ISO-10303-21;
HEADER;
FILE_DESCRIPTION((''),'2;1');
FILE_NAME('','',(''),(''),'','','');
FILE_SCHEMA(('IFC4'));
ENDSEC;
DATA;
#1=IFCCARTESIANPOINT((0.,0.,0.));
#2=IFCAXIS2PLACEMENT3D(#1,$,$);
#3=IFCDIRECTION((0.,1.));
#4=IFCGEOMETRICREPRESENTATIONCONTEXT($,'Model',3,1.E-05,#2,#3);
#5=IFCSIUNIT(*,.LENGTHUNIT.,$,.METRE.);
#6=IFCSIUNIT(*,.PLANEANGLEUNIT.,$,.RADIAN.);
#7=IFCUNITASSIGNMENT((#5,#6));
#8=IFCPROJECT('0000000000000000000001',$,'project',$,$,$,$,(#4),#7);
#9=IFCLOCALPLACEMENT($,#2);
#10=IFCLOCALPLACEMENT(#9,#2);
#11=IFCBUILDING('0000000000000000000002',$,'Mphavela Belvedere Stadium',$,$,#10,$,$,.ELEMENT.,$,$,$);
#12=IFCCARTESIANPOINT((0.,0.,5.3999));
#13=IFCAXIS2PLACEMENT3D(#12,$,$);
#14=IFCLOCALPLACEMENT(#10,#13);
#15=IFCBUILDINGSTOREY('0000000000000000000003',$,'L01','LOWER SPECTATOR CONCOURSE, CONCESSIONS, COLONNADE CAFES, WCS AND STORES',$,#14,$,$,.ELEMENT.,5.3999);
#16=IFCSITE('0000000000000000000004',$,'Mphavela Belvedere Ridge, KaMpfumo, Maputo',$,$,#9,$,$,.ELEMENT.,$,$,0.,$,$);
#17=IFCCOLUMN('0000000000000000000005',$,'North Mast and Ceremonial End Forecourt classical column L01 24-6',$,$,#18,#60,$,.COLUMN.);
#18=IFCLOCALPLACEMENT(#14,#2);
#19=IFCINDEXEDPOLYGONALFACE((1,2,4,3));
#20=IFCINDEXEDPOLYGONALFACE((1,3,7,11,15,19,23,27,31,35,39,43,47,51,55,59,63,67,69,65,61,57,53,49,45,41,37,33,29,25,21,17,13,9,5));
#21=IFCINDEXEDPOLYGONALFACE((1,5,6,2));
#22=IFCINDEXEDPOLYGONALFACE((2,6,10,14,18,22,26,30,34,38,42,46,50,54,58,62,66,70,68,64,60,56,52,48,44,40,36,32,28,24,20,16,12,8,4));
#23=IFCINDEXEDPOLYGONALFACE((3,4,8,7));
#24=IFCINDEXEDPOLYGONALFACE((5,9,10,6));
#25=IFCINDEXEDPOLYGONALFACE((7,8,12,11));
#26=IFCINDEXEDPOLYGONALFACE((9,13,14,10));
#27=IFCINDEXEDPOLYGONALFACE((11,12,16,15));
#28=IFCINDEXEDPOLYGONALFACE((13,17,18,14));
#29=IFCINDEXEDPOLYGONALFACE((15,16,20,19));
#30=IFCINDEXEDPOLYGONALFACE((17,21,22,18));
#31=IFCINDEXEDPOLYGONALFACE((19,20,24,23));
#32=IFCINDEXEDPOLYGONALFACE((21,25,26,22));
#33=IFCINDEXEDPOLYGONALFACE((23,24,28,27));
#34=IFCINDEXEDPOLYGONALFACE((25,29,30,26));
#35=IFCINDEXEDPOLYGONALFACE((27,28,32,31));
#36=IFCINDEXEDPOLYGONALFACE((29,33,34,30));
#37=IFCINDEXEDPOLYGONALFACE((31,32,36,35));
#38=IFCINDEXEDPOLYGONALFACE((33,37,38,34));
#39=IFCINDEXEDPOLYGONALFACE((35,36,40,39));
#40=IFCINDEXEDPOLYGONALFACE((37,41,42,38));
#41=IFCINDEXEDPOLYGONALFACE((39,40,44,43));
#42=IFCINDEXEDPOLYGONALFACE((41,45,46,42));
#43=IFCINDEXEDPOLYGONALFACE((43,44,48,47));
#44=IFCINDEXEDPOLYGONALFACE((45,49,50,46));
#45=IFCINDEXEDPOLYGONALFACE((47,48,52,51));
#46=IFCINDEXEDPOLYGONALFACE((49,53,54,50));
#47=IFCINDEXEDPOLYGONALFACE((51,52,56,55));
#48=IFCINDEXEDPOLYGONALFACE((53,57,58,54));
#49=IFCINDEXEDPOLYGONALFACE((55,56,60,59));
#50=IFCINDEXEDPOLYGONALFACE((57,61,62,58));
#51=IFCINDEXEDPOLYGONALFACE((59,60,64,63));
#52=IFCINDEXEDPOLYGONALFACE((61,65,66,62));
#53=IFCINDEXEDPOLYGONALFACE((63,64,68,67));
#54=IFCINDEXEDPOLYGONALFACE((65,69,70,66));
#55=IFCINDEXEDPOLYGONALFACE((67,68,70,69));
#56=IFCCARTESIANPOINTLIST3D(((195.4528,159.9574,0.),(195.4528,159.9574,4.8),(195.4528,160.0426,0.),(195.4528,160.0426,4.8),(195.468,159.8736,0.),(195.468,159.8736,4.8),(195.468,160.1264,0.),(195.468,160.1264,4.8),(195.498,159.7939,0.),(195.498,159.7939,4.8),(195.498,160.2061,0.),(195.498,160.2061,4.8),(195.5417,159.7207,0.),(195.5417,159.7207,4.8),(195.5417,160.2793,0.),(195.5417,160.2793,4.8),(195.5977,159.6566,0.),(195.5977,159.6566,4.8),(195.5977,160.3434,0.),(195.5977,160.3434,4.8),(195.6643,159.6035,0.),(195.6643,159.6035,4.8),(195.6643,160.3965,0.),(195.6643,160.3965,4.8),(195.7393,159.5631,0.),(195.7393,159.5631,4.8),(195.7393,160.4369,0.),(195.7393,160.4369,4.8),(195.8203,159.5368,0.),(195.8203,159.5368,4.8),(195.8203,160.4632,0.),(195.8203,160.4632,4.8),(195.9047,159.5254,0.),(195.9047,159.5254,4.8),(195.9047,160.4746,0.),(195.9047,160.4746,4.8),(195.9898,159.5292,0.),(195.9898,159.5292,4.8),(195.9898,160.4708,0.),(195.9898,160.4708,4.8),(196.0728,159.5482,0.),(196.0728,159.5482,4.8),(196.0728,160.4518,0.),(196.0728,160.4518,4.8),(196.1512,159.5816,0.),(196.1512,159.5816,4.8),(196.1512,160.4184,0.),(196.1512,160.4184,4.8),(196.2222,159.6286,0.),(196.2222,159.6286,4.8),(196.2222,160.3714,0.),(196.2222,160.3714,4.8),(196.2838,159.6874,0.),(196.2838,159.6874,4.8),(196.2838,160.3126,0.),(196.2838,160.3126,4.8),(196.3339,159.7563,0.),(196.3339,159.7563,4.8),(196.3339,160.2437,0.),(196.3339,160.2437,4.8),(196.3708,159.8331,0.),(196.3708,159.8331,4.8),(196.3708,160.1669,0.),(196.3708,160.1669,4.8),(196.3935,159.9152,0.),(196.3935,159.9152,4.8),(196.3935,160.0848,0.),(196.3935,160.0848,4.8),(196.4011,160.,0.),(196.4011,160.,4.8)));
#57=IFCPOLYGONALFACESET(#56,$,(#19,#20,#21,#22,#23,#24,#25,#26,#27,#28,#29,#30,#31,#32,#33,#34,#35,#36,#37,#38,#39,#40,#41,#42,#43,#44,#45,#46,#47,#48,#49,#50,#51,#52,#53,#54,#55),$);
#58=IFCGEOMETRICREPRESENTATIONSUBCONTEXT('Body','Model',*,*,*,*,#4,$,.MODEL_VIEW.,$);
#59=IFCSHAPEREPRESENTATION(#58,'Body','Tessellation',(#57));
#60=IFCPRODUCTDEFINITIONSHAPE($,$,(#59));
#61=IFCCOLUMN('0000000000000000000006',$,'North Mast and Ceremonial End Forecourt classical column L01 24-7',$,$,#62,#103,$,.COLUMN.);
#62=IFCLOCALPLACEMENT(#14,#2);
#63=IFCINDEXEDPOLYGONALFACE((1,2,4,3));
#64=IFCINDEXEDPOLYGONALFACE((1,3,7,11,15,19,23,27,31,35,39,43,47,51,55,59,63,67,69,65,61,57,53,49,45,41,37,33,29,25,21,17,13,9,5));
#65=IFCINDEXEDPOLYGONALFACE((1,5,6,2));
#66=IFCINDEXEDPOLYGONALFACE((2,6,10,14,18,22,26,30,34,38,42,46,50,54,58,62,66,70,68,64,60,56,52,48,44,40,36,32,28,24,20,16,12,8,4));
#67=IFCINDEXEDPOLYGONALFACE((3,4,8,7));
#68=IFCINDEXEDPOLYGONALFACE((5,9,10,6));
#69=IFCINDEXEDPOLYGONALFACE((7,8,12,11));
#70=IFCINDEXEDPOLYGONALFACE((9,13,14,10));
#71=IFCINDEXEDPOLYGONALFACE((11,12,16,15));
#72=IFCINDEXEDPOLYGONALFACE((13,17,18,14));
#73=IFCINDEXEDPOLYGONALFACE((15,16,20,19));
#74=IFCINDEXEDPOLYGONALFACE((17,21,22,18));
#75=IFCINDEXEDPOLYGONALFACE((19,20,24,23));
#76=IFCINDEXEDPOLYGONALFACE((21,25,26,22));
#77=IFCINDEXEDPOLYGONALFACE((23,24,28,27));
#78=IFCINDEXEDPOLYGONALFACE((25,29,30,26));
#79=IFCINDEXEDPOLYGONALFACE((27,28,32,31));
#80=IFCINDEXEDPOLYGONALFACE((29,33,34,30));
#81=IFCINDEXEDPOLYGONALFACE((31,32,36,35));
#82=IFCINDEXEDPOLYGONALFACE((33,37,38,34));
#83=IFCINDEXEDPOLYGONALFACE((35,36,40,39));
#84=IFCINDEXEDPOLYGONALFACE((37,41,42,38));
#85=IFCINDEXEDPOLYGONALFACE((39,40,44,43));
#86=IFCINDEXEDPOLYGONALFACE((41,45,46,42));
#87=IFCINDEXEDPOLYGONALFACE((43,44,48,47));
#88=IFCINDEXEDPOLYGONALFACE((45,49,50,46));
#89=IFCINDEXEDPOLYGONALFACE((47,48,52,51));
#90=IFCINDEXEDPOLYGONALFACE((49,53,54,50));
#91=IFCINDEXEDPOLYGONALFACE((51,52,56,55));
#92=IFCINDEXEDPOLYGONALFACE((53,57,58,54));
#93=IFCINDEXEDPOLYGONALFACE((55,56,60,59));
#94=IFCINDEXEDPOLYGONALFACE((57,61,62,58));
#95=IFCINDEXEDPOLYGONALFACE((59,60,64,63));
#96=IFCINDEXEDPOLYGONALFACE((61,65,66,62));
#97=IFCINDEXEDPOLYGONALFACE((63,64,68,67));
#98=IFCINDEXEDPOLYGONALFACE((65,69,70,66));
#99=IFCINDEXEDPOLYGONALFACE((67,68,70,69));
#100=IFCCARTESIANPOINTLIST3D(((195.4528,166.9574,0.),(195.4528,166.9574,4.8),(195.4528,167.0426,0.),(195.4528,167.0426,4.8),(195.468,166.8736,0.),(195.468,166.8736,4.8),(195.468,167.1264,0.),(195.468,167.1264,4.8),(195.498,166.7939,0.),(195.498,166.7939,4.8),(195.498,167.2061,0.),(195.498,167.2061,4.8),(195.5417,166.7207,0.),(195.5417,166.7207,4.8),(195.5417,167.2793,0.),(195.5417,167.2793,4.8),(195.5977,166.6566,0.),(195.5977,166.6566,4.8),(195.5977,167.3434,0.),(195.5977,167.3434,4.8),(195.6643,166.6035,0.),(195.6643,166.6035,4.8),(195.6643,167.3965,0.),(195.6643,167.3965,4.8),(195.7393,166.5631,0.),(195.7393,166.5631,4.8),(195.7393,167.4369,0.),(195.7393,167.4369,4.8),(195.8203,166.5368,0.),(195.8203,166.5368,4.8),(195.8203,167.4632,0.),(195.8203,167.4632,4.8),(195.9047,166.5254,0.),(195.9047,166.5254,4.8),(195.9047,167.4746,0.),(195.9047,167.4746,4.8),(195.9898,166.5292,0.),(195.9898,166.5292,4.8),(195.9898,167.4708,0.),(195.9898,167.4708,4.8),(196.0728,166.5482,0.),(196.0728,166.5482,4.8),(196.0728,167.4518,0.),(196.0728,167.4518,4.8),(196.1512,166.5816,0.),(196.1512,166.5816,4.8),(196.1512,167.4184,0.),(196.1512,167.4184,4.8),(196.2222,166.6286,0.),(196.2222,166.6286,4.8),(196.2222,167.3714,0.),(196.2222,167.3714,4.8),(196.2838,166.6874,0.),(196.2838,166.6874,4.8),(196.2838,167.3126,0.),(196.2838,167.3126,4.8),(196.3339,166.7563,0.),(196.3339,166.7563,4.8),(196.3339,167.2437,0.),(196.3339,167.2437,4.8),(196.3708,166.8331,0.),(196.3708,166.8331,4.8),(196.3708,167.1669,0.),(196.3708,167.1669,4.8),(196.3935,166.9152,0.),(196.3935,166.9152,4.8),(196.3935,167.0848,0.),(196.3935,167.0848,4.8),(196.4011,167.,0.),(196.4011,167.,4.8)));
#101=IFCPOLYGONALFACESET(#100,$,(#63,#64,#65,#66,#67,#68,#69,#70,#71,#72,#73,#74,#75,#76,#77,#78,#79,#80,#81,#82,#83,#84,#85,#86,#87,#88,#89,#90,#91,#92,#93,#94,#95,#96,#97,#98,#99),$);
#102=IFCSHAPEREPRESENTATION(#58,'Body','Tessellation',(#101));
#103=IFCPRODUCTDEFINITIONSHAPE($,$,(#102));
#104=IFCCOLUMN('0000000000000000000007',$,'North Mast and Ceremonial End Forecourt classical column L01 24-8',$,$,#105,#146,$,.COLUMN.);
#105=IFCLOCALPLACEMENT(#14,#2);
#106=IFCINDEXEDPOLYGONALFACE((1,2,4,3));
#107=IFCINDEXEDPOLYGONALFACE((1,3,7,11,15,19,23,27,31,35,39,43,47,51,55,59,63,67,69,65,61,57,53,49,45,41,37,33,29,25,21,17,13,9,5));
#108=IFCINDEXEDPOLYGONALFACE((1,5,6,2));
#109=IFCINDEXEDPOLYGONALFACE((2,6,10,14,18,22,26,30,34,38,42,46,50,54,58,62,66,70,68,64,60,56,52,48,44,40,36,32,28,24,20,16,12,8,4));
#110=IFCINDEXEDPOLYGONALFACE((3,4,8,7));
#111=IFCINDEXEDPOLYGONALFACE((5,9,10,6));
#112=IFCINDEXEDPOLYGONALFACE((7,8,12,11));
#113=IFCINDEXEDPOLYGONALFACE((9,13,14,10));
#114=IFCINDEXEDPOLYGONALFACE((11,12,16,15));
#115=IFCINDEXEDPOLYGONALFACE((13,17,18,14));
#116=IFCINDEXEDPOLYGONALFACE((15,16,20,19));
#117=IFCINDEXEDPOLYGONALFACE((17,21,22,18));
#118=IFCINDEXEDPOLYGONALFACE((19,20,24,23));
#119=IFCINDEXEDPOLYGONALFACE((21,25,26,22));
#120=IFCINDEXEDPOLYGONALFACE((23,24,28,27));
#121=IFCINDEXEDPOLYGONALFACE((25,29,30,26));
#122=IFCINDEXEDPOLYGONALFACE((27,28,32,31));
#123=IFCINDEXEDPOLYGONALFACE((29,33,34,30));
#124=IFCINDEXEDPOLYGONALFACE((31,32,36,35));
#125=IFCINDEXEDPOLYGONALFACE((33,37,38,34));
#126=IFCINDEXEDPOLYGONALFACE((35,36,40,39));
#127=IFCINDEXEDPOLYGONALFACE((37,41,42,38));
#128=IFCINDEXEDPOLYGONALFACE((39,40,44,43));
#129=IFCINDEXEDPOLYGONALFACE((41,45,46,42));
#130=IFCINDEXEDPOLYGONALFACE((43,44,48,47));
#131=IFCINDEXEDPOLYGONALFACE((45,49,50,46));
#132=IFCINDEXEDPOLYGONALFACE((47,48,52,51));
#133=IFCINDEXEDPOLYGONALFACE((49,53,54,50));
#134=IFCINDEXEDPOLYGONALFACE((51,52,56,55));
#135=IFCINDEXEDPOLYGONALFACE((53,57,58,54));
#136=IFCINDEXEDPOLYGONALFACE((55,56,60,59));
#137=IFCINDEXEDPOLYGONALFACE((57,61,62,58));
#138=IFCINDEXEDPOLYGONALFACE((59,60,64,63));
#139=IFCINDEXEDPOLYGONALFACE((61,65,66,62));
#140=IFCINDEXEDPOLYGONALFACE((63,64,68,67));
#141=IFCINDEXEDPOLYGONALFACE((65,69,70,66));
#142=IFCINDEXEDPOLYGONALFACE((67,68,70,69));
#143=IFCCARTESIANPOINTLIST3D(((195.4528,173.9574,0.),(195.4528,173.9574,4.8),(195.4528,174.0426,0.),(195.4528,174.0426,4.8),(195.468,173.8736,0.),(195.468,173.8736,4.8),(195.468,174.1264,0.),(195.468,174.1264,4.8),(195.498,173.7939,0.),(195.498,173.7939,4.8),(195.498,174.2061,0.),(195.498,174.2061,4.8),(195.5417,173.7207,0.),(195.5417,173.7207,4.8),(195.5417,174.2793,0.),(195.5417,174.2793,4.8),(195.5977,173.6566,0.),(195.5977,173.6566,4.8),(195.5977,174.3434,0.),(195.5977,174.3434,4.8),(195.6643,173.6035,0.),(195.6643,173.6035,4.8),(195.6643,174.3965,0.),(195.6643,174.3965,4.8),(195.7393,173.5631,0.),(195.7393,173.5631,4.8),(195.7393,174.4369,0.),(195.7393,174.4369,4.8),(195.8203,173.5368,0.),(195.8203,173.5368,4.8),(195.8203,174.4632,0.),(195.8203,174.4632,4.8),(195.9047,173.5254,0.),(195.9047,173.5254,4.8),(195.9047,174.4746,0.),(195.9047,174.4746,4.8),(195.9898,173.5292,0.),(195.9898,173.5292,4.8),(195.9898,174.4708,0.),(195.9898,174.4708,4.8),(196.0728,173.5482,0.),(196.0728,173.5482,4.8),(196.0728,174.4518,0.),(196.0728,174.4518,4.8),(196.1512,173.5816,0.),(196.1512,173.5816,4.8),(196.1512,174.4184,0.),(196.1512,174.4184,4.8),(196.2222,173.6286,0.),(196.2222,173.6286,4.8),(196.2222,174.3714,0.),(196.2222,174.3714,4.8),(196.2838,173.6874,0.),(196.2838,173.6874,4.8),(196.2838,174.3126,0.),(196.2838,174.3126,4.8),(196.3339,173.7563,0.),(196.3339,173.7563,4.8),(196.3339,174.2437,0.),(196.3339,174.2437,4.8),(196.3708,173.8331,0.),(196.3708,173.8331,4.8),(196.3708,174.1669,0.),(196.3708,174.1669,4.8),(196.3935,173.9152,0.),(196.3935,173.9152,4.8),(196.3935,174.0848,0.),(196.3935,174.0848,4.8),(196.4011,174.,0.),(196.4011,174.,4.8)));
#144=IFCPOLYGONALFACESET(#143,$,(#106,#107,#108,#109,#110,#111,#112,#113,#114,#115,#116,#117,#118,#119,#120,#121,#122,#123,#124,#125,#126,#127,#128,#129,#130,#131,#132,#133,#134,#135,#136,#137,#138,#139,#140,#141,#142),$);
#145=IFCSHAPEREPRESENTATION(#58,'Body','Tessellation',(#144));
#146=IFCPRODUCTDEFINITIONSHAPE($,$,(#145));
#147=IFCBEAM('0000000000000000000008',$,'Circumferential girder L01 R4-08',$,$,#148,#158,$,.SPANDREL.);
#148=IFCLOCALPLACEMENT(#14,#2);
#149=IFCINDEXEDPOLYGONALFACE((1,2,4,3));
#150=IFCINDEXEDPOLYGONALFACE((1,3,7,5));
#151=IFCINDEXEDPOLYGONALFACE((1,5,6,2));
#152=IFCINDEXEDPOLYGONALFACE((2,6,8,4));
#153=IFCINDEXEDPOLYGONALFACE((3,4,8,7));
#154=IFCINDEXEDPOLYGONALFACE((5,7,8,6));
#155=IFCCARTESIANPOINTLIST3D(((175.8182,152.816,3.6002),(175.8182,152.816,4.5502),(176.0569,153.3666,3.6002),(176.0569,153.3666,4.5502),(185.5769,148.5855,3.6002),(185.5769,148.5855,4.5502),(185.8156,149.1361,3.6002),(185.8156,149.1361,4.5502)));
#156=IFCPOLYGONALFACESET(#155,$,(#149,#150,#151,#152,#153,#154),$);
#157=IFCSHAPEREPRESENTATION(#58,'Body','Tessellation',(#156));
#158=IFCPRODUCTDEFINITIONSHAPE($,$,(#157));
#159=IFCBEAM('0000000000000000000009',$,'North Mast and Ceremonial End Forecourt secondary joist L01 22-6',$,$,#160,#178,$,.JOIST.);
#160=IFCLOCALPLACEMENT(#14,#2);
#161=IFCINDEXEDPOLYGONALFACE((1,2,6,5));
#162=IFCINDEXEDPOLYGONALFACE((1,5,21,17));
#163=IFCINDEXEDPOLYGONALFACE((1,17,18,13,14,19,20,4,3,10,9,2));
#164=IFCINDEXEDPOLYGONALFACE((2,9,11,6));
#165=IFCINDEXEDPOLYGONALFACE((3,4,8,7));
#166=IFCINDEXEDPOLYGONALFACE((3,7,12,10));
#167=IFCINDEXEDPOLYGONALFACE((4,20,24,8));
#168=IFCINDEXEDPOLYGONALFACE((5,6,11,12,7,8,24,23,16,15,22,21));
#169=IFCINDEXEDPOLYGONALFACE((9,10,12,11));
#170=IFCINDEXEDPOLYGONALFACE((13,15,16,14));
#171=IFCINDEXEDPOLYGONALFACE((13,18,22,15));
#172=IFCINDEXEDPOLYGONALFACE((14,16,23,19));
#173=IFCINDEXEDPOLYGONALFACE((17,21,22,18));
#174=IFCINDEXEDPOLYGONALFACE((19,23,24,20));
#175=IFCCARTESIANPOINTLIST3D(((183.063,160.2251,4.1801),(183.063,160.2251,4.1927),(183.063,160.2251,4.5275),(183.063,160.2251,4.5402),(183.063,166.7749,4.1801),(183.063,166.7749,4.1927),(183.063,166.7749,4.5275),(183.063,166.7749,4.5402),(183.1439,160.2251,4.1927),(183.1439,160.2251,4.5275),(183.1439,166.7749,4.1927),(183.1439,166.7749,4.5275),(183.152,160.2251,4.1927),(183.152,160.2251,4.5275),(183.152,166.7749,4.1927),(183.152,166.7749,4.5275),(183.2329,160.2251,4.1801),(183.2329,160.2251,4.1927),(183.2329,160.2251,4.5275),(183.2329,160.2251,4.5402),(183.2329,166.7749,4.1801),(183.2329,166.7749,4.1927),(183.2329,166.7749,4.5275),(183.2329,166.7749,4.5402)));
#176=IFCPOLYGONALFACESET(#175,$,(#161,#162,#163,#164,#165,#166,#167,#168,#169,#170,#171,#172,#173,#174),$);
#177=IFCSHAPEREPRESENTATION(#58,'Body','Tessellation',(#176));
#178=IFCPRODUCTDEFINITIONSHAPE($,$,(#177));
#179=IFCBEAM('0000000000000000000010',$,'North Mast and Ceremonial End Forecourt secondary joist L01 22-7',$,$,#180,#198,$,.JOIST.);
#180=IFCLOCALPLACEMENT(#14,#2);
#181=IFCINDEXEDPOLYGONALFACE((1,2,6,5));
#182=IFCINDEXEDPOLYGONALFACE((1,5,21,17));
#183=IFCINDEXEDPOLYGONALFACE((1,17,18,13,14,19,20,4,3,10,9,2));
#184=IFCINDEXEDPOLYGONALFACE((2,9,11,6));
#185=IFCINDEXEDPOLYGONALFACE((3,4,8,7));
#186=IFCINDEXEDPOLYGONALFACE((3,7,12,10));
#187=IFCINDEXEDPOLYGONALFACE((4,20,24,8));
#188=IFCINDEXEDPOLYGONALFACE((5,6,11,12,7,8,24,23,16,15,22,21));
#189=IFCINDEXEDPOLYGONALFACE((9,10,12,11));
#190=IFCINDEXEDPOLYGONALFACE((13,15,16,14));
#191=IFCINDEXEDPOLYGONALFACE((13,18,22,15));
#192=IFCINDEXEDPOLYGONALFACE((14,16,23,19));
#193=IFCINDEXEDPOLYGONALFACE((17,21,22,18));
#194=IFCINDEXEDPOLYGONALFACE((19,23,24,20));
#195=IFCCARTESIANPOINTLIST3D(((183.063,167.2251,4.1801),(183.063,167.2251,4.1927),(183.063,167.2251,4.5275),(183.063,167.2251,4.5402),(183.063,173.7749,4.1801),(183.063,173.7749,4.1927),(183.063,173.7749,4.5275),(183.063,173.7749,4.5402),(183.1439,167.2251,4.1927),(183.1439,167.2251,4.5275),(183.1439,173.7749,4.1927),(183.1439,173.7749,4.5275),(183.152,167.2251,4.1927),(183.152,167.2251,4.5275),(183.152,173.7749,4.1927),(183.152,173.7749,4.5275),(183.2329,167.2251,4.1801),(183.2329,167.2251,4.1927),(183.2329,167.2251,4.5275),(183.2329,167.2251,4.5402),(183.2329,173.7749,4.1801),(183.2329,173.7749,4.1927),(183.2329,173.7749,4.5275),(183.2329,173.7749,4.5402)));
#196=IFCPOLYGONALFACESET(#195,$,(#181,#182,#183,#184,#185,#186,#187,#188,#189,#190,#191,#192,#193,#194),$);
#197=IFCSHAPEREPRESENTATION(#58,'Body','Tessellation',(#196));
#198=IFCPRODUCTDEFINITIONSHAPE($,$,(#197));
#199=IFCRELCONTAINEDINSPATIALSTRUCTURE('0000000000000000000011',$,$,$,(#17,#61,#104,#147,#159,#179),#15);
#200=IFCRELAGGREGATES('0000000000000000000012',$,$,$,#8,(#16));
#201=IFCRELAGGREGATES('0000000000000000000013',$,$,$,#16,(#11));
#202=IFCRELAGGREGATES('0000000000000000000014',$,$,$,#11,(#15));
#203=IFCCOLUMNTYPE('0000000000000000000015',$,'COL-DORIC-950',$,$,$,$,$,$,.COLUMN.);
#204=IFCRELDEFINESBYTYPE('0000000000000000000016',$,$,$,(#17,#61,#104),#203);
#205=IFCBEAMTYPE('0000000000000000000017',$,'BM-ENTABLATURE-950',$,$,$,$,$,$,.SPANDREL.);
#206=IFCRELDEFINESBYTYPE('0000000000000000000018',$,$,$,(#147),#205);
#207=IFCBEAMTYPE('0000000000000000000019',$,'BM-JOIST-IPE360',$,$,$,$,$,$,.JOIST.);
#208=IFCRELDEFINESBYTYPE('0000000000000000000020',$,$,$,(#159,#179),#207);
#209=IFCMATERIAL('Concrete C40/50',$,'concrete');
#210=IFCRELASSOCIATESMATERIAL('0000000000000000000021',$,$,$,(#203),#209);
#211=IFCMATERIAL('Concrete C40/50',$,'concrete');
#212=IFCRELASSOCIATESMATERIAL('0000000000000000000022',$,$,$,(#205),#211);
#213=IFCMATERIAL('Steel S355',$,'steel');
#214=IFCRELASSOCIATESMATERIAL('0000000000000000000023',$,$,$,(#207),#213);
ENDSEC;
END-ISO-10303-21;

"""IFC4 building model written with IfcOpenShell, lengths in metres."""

from ifc_helpers import new_model, si_unit, direction, frame, origin, origin_2d, place, context, subcontext, project, spatial, rectangle, circle, i_section, extrude, material, material_profile, profile_set, type_object, element, save


model = new_model("IFC4")

# Units and contexts
model_context = context("Model", 3, precision=1e-05, world=origin(), true_north=direction((0.0, 1.0)))
body_context = subcontext(model_context, "Body", "Model", "MODEL_VIEW")
ifc_project = project(units=[si_unit("LENGTHUNIT", "METRE"), si_unit("PLANEANGLEUNIT", "RADIAN")], contexts=[model_context])

# Site, building, storey
site_placement = place(None, origin())
site = spatial("IfcSite", under=ifc_project, at=site_placement, Name="Mphavela Belvedere Ridge, KaMpfumo, Maputo", CompositionType="ELEMENT", RefElevation=0.0)
building_placement = place(site_placement, origin())
building = spatial("IfcBuilding", under=site, at=building_placement, Name="Mphavela Belvedere Stadium", CompositionType="ELEMENT")
storey_placement = place(building_placement, frame((0.0, 0.0, 5.3999)))
storey = spatial("IfcBuildingStorey", under=building, at=storey_placement, Name="L01", Description="LOWER SPECTATOR CONCOURSE, CONCESSIONS, COLONNADE CAFES, WCS AND STORES", CompositionType="ELEMENT", Elevation=5.3999)

# Columns
ifc_material_1 = material(Name="Concrete C40/50", Category="concrete")
ifc_material_profile_1 = material_profile(ifc_material_1, circle(Radius=0.4751, at=origin_2d()), Name="COL D950")
ifc_profile_set_1 = profile_set([ifc_material_profile_1], Name="Concrete C40/50")
column_type = type_object("IfcColumnType", Name="COL-DORIC-950", PredefinedType="COLUMN", material=ifc_profile_set_1)
for number, where, z_axis, x_axis, name in (
    (1, (195.926, 160.0, 0.0), (0.0, 0.0, 1.0), (1.0, 0.0, 0.0), "North Mast and Ceremonial End Forecourt classical column L01 24-6"),
    (2, (195.926, 167.0, 0.0), (0.0, 0.0, 1.0), (1.0, 0.0, 0.0), "North Mast and Ceremonial End Forecourt classical column L01 24-7"),
    (3, (195.926, 174.0, 0.0), (0.0, 0.0, 1.0), (1.0, 0.0, 0.0), "North Mast and Ceremonial End Forecourt classical column L01 24-8"),
):
    element("IfcColumn", number, at=place(storey_placement, frame(where, z_axis=z_axis, x_axis=x_axis)), inside=storey, type_object=column_type, Name=name, PredefinedType="COLUMN", context=body_context, shape_type="SweptSolid", body=[
        extrude(circle(Radius=0.4751, at=origin_2d()), origin(), (0.0, 0.0, 1.0), 4.8),
    ])

# Beams
ifc_material_2 = material(Name="Concrete C40/50", Category="concrete")
ifc_material_profile_2 = material_profile(ifc_material_2, rectangle(XDim=0.6001, YDim=0.95, at=origin_2d()), Name="RC 600x950")
ifc_profile_set_2 = profile_set([ifc_material_profile_2], Name="Concrete C40/50")
beam_type_1 = type_object("IfcBeamType", Name="BM-ENTABLATURE-950", PredefinedType="SPANDREL", material=ifc_profile_set_2)
beam_1_placement = place(storey_placement, frame((185.6963, 148.8608, 4.0752), z_axis=(-0.917499, 0.397739, 0.0), x_axis=(-0.397739, -0.917499, 0.0)))
element("IfcBeam", 4, at=beam_1_placement, inside=storey, type_object=beam_type_1, Name="Circumferential girder L01 R4-08", PredefinedType="SPANDREL", context=body_context, shape_type="SweptSolid", body=[
    extrude(rectangle(XDim=0.6001, YDim=0.95, at=origin_2d()), origin(), (0.0, 0.0, 1.0), 10.6362),
])
ifc_material_3 = material(Name="Steel S355", Category="steel")
ifc_material_profile_3 = material_profile(ifc_material_3, i_section(OverallWidth=0.1699, OverallDepth=0.3601, WebThickness=0.0081, FlangeThickness=0.0127, at=origin_2d()), Name="IPE 360")
ifc_profile_set_3 = profile_set([ifc_material_profile_3], Name="Steel S355")
beam_type_2 = type_object("IfcBeamType", Name="BM-JOIST-IPE360", PredefinedType="JOIST", material=ifc_profile_set_3)
for number, where, z_axis, x_axis, name in (
    (5, (183.1479, 160.2251, 4.3601), (0.0, 1.0, 0.0), (-1.0, 0.0, 0.0), "North Mast and Ceremonial End Forecourt secondary joist L01 22-6"),
    (6, (183.1479, 167.2251, 4.3601), (0.0, 1.0, 0.0), (-1.0, 0.0, 0.0), "North Mast and Ceremonial End Forecourt secondary joist L01 22-7"),
):
    element("IfcBeam", number, at=place(storey_placement, frame(where, z_axis=z_axis, x_axis=x_axis)), inside=storey, type_object=beam_type_2, Name=name, PredefinedType="JOIST", context=body_context, shape_type="SweptSolid", body=[
        extrude(i_section(OverallWidth=0.1699, OverallDepth=0.3601, WebThickness=0.0081, FlangeThickness=0.0127, at=origin_2d()), origin(), (0.0, 0.0, 1.0), 6.5498),
    ])

save(model, "model.ifc")
